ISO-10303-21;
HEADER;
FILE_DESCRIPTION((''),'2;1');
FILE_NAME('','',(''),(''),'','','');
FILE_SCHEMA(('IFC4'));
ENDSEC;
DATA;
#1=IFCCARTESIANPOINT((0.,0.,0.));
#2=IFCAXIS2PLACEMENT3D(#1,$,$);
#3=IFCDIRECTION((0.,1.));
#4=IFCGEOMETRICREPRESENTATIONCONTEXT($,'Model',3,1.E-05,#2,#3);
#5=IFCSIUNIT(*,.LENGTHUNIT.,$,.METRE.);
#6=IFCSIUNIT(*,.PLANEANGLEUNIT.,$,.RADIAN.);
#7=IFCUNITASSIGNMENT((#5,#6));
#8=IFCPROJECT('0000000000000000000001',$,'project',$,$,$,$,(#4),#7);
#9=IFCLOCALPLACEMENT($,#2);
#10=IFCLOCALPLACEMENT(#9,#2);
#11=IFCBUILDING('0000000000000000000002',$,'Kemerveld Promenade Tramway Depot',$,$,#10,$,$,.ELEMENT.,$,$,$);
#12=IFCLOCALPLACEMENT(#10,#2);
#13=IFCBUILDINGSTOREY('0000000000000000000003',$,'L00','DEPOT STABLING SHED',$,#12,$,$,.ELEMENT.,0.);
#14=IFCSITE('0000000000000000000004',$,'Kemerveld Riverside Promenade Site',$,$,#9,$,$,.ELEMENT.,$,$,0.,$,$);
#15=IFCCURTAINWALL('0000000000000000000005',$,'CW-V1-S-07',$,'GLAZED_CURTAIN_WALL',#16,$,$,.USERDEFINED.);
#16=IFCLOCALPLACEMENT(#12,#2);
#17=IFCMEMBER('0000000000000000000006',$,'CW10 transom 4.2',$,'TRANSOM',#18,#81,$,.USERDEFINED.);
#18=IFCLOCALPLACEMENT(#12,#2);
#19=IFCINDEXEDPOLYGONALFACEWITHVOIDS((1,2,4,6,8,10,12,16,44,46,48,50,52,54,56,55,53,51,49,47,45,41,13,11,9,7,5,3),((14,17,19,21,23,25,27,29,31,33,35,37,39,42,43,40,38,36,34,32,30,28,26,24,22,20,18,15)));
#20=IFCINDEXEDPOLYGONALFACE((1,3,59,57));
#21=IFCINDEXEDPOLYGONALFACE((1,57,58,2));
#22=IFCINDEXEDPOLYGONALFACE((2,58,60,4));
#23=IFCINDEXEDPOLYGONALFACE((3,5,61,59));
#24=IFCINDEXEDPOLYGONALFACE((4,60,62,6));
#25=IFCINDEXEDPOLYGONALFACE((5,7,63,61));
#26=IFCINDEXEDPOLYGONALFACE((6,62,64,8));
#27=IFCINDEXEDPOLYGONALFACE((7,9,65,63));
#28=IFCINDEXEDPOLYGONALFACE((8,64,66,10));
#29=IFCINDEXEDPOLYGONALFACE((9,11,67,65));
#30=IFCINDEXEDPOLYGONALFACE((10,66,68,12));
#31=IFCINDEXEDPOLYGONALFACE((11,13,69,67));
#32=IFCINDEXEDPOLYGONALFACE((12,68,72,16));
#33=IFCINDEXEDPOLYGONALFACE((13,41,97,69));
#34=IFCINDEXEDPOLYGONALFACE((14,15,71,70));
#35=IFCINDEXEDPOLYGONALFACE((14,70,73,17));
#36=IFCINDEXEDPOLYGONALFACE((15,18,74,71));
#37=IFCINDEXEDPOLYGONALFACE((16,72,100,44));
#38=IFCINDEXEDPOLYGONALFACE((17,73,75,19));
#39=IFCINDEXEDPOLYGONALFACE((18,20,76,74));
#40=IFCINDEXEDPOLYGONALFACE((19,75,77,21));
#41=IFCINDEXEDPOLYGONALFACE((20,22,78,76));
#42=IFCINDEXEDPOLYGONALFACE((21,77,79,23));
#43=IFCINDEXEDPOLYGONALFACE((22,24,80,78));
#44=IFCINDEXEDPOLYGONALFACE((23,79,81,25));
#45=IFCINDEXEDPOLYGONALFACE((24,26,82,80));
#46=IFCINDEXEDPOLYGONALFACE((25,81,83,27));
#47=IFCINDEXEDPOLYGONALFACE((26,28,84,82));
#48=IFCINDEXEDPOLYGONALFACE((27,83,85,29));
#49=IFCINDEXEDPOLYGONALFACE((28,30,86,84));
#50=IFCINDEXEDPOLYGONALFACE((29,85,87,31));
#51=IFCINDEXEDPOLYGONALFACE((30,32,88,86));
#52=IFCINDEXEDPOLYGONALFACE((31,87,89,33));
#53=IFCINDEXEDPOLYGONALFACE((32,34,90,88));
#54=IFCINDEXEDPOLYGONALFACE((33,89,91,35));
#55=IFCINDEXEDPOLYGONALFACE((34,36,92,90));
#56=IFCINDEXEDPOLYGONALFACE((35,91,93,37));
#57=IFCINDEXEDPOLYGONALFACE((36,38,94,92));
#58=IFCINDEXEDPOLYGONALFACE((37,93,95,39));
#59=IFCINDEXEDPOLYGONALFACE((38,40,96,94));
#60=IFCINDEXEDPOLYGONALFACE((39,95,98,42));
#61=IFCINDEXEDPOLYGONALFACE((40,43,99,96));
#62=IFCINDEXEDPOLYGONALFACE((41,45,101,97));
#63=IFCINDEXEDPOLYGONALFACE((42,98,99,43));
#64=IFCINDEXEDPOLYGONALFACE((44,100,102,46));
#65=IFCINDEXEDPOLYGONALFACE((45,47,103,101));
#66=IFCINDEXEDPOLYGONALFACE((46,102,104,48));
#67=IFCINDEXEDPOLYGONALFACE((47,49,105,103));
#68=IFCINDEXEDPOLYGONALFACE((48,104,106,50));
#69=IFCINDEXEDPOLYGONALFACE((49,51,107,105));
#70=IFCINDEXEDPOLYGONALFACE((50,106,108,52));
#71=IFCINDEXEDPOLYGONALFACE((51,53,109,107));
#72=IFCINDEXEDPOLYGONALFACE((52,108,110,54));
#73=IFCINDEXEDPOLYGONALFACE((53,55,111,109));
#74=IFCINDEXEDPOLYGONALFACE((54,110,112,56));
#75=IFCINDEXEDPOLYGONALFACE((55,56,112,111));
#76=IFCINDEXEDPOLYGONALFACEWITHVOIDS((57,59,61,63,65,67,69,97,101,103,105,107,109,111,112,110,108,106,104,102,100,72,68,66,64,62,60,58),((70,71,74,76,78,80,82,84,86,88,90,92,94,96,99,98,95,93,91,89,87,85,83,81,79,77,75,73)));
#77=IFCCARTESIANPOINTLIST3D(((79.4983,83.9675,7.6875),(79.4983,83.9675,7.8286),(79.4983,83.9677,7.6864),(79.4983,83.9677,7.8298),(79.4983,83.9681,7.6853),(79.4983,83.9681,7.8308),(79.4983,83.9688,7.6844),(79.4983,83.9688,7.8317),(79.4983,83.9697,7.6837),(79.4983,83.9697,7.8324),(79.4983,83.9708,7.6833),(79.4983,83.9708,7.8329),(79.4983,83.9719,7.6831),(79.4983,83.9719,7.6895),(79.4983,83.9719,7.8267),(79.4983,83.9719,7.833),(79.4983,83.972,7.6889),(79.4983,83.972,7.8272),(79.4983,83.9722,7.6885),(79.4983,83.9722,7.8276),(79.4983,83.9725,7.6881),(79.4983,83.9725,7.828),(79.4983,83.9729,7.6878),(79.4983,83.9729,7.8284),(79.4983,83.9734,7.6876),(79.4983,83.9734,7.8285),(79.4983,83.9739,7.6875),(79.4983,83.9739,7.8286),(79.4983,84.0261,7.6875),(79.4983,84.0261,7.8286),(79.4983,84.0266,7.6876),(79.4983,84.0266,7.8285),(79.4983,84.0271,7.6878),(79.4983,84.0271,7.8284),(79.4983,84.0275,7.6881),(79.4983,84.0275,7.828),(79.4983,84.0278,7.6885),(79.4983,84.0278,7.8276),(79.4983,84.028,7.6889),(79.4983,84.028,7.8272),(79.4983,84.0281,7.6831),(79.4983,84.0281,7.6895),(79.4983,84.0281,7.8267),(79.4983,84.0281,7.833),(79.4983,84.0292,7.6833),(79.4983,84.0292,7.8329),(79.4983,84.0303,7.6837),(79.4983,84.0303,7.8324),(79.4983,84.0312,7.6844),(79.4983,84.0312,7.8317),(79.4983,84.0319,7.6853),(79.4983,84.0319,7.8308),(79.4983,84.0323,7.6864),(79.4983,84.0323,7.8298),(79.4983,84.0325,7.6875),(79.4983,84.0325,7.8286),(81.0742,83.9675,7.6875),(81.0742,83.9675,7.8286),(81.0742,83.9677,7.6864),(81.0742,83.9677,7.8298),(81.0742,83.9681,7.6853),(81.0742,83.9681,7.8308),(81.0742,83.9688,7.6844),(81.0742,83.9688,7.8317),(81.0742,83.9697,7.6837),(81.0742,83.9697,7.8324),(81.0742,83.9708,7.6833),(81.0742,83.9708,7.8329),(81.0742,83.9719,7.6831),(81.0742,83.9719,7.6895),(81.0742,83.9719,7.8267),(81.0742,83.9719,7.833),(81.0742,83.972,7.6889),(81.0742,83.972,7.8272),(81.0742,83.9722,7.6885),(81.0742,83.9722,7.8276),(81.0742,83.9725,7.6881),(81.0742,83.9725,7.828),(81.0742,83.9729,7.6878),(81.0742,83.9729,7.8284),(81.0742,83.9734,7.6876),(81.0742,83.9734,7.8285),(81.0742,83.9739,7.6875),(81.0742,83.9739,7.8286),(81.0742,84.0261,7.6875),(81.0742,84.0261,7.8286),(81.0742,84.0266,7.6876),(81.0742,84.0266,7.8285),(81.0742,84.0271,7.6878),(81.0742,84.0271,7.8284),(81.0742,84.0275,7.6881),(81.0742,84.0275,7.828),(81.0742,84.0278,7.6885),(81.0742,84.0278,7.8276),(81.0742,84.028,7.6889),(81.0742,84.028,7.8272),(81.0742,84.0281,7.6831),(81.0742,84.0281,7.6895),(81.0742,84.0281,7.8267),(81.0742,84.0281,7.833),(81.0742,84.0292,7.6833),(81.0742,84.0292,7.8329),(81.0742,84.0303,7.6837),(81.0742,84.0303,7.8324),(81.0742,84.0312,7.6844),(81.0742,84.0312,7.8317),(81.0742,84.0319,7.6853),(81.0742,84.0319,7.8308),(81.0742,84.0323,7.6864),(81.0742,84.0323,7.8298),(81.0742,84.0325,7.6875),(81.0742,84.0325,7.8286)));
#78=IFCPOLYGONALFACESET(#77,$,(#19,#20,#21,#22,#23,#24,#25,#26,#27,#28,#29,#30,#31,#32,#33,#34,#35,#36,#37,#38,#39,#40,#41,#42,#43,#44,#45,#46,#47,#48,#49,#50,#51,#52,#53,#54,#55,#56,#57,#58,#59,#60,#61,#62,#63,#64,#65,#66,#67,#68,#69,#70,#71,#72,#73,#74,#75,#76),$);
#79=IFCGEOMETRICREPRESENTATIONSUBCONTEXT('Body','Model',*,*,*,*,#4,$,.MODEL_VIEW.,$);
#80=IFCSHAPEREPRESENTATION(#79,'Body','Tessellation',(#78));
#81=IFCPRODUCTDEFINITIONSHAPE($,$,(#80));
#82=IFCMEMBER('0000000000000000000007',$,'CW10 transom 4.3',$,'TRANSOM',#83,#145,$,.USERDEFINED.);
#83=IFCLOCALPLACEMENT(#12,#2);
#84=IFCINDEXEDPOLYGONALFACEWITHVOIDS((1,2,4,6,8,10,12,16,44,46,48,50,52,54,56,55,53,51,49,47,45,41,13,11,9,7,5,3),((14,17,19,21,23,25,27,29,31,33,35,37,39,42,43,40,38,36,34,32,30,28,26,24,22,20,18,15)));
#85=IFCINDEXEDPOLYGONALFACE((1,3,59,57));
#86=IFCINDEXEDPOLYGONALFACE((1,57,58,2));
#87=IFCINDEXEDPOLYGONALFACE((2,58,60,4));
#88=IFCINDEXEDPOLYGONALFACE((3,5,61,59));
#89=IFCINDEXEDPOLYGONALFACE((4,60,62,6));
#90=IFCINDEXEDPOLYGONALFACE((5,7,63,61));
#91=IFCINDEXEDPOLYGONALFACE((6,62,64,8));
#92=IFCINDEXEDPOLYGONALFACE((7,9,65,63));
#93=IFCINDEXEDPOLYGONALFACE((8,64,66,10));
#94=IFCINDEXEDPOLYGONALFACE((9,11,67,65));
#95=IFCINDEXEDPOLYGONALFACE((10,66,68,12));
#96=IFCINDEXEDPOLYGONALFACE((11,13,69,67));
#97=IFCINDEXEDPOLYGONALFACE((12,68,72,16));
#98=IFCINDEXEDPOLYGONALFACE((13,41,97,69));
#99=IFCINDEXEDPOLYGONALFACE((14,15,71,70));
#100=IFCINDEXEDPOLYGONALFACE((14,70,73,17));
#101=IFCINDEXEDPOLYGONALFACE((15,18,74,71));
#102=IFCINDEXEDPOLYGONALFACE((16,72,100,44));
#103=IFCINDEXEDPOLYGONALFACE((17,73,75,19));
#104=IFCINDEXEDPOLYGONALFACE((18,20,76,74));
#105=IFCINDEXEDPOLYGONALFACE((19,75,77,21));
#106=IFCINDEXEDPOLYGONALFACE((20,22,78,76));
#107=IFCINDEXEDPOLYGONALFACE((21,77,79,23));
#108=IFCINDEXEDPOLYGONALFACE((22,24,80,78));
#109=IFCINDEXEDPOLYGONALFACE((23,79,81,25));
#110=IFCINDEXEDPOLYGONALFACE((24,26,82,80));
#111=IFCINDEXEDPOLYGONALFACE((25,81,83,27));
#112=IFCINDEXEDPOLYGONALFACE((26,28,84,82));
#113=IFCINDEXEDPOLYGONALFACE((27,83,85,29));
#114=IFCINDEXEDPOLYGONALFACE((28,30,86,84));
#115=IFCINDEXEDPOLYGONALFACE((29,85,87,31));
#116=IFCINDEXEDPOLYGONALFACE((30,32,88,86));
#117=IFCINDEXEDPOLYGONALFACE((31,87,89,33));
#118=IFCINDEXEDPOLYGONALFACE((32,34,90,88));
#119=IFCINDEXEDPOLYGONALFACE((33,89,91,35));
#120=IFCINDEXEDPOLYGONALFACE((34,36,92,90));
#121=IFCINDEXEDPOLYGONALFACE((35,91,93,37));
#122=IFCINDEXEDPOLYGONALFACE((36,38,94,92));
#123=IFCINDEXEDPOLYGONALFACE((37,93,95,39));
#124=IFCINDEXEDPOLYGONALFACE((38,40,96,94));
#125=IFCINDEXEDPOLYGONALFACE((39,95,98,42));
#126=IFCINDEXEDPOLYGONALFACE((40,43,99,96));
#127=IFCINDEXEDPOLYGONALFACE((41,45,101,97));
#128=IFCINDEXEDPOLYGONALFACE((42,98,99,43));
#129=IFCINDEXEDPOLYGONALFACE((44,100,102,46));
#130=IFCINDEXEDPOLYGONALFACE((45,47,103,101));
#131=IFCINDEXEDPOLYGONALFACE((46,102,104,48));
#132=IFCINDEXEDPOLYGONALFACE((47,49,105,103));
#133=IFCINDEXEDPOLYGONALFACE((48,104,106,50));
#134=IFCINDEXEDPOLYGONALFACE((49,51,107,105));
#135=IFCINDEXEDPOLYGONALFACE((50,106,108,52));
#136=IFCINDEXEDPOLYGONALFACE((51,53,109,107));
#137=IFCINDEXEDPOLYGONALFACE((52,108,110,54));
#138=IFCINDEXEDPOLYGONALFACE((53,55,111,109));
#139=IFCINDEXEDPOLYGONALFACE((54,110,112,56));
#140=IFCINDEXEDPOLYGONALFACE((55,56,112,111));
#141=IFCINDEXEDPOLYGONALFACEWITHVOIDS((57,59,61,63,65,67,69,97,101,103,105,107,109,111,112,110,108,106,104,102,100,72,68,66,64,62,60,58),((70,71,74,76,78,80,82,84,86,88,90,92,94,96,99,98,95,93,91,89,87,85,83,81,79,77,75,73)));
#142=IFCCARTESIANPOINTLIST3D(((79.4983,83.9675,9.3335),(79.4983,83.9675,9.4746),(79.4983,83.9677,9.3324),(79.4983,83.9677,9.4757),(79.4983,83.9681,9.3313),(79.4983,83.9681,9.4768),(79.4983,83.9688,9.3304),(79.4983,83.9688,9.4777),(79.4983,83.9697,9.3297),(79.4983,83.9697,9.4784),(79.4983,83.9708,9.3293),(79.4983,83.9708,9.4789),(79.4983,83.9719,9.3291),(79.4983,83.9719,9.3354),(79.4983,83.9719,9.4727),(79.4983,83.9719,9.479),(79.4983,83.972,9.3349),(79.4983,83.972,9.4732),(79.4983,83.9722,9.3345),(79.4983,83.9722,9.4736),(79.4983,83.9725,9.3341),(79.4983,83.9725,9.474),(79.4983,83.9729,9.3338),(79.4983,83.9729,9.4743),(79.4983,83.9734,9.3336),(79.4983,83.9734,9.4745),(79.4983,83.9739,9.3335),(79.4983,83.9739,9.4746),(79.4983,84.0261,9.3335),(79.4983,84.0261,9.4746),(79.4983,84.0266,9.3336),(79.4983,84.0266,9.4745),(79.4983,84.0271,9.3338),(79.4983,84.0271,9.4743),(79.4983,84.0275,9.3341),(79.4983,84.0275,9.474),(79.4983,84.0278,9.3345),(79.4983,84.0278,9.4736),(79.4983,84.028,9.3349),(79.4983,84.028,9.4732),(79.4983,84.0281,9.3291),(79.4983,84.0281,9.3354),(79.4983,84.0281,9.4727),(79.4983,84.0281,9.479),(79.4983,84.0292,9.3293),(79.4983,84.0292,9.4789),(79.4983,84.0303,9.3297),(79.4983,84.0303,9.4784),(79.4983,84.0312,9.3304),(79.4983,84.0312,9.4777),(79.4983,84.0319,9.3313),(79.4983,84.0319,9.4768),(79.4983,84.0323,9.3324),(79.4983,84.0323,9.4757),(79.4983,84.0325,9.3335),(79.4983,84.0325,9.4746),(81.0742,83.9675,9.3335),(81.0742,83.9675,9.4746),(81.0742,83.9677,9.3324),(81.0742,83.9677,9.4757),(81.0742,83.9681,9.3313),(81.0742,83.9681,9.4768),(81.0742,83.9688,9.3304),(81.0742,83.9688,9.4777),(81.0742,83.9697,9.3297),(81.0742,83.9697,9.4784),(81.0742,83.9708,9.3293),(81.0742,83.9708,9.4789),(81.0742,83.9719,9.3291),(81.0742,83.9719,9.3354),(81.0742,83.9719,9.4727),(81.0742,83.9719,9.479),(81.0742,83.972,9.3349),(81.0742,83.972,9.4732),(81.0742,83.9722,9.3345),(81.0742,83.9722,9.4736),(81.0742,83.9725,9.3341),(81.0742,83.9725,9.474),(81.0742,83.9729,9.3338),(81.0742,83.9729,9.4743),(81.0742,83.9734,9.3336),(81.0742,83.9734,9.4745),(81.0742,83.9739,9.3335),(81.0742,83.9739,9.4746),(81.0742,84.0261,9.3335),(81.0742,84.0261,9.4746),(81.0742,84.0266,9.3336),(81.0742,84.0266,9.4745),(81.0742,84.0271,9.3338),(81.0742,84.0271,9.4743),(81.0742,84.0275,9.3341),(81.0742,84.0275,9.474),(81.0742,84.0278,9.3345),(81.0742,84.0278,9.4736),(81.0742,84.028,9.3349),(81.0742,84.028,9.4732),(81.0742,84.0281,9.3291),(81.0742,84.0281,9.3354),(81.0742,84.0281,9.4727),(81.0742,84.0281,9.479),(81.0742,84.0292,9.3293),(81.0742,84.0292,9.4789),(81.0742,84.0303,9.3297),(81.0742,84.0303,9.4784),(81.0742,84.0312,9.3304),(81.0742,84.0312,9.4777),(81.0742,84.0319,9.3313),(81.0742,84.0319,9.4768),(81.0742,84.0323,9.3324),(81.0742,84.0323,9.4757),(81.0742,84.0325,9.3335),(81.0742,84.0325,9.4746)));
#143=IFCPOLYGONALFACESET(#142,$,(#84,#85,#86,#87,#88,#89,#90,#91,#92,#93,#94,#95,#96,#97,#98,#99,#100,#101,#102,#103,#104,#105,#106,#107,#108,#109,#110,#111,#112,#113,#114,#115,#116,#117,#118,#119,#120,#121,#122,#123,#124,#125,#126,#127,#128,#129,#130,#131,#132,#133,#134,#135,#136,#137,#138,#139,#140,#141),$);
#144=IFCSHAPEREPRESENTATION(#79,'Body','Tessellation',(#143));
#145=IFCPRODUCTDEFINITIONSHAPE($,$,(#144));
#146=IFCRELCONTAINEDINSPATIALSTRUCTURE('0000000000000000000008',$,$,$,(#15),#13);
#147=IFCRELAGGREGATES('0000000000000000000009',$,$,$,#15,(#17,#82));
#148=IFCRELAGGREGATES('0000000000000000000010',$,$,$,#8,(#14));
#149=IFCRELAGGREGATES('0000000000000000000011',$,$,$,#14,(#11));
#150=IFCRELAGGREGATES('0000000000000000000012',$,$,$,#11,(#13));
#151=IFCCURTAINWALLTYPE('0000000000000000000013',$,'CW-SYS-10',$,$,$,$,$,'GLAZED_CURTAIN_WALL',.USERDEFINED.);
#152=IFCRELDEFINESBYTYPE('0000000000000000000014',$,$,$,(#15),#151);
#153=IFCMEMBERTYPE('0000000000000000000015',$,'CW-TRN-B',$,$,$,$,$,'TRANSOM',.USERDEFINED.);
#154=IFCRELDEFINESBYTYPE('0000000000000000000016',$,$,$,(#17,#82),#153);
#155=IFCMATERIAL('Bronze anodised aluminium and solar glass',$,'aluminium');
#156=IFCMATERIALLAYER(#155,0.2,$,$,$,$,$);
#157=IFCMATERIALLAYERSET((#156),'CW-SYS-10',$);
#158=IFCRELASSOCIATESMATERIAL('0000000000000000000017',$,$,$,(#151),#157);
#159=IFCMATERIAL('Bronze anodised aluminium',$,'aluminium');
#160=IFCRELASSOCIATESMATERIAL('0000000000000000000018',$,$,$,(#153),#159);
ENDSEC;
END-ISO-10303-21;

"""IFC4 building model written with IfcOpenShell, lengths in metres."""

from ifc_helpers import new_model, si_unit, direction, frame, origin, origin_2d, place, context, subcontext, project, spatial, hollow_rectangle, extrude, material, layer, layer_set, material_profile, profile_set, type_object, element, aggregate, save


model = new_model("IFC4")

# Units and contexts
model_context = context("Model", 3, precision=1e-05, world=origin(), true_north=direction((0.0, 1.0)))
body_context = subcontext(model_context, "Body", "Model", "MODEL_VIEW")
ifc_project = project(units=[si_unit("LENGTHUNIT", "METRE"), si_unit("PLANEANGLEUNIT", "RADIAN")], contexts=[model_context])

# Site, building, storey
site_placement = place(None, origin())
site = spatial("IfcSite", under=ifc_project, at=site_placement, Name="Kemerveld Riverside Promenade Site", CompositionType="ELEMENT", RefElevation=0.0)
building_placement = place(site_placement, origin())
building = spatial("IfcBuilding", under=site, at=building_placement, Name="Kemerveld Promenade Tramway Depot", CompositionType="ELEMENT")
storey_placement = place(building_placement, origin())
storey = spatial("IfcBuildingStorey", under=building, at=storey_placement, Name="L00", Description="DEPOT STABLING SHED", CompositionType="ELEMENT", Elevation=0.0)

# Shared definitions
ifc_material_1 = material(Name="Bronze anodised aluminium and solar glass", Category="aluminium")
ifc_material_2 = material(Name="Bronze anodised aluminium", Category="aluminium")

# Curtain wall
ifc_layer_1 = layer(ifc_material_1, 0.2)
ifc_layer_set_1 = layer_set([ifc_layer_1], Name="CW-SYS-10")
curtain_wall_type_1 = type_object("IfcCurtainWallType", Name="CW-SYS-10", ElementType="GLAZED_CURTAIN_WALL", PredefinedType="USERDEFINED", material=ifc_layer_set_1)
curtain_wall_1_placement = place(storey_placement, origin())
curtain_wall_1 = element("IfcCurtainWall", 1, at=curtain_wall_1_placement, inside=storey, type_object=curtain_wall_type_1, Name="CW-V1-S-07", ObjectType="GLAZED_CURTAIN_WALL", PredefinedType="USERDEFINED")

# Members
ifc_material_profile_1 = material_profile(ifc_material_2, hollow_rectangle(XDim=0.0649, YDim=0.1499, WallThickness=0.0044, InnerFilletRadius=0.002, OuterFilletRadius=0.0044, at=origin_2d()), Name="CW-TRN-150x65")
ifc_profile_set_1 = profile_set([ifc_material_profile_1], Name="Bronze anodised aluminium")
member_type_1 = type_object("IfcMemberType", Name="CW-TRN-B", ElementType="TRANSOM", PredefinedType="USERDEFINED", material=ifc_profile_set_1)
member_1_placement = place(storey_placement, frame((81.0742, 84.0, 7.7581), z_axis=(-1.0, 0.0, 0.0), x_axis=(0.0, -1.0, 0.0)))
member_1 = element("IfcMember", 2, at=member_1_placement, type_object=member_type_1, Name="CW10 transom 4.2", ObjectType="TRANSOM", PredefinedType="USERDEFINED", context=body_context, shape_type="SweptSolid", body=[
    extrude(hollow_rectangle(XDim=0.0649, YDim=0.1499, WallThickness=0.0044, InnerFilletRadius=0.002, OuterFilletRadius=0.0044, at=origin_2d()), origin(), (0.0, 0.0, 1.0), 1.5759),
])
member_2_placement = place(storey_placement, frame((81.0742, 84.0, 9.4041), z_axis=(-1.0, 0.0, 0.0), x_axis=(0.0, -1.0, 0.0)))
member_2 = element("IfcMember", 3, at=member_2_placement, type_object=member_type_1, Name="CW10 transom 4.3", ObjectType="TRANSOM", PredefinedType="USERDEFINED", context=body_context, shape_type="SweptSolid", body=[
    extrude(hollow_rectangle(XDim=0.0649, YDim=0.1499, WallThickness=0.0044, InnerFilletRadius=0.002, OuterFilletRadius=0.0044, at=origin_2d()), origin(), (0.0, 0.0, 1.0), 1.5759),
])

aggregate(curtain_wall_1, [member_1, member_2])

save(model, "model.ifc")
